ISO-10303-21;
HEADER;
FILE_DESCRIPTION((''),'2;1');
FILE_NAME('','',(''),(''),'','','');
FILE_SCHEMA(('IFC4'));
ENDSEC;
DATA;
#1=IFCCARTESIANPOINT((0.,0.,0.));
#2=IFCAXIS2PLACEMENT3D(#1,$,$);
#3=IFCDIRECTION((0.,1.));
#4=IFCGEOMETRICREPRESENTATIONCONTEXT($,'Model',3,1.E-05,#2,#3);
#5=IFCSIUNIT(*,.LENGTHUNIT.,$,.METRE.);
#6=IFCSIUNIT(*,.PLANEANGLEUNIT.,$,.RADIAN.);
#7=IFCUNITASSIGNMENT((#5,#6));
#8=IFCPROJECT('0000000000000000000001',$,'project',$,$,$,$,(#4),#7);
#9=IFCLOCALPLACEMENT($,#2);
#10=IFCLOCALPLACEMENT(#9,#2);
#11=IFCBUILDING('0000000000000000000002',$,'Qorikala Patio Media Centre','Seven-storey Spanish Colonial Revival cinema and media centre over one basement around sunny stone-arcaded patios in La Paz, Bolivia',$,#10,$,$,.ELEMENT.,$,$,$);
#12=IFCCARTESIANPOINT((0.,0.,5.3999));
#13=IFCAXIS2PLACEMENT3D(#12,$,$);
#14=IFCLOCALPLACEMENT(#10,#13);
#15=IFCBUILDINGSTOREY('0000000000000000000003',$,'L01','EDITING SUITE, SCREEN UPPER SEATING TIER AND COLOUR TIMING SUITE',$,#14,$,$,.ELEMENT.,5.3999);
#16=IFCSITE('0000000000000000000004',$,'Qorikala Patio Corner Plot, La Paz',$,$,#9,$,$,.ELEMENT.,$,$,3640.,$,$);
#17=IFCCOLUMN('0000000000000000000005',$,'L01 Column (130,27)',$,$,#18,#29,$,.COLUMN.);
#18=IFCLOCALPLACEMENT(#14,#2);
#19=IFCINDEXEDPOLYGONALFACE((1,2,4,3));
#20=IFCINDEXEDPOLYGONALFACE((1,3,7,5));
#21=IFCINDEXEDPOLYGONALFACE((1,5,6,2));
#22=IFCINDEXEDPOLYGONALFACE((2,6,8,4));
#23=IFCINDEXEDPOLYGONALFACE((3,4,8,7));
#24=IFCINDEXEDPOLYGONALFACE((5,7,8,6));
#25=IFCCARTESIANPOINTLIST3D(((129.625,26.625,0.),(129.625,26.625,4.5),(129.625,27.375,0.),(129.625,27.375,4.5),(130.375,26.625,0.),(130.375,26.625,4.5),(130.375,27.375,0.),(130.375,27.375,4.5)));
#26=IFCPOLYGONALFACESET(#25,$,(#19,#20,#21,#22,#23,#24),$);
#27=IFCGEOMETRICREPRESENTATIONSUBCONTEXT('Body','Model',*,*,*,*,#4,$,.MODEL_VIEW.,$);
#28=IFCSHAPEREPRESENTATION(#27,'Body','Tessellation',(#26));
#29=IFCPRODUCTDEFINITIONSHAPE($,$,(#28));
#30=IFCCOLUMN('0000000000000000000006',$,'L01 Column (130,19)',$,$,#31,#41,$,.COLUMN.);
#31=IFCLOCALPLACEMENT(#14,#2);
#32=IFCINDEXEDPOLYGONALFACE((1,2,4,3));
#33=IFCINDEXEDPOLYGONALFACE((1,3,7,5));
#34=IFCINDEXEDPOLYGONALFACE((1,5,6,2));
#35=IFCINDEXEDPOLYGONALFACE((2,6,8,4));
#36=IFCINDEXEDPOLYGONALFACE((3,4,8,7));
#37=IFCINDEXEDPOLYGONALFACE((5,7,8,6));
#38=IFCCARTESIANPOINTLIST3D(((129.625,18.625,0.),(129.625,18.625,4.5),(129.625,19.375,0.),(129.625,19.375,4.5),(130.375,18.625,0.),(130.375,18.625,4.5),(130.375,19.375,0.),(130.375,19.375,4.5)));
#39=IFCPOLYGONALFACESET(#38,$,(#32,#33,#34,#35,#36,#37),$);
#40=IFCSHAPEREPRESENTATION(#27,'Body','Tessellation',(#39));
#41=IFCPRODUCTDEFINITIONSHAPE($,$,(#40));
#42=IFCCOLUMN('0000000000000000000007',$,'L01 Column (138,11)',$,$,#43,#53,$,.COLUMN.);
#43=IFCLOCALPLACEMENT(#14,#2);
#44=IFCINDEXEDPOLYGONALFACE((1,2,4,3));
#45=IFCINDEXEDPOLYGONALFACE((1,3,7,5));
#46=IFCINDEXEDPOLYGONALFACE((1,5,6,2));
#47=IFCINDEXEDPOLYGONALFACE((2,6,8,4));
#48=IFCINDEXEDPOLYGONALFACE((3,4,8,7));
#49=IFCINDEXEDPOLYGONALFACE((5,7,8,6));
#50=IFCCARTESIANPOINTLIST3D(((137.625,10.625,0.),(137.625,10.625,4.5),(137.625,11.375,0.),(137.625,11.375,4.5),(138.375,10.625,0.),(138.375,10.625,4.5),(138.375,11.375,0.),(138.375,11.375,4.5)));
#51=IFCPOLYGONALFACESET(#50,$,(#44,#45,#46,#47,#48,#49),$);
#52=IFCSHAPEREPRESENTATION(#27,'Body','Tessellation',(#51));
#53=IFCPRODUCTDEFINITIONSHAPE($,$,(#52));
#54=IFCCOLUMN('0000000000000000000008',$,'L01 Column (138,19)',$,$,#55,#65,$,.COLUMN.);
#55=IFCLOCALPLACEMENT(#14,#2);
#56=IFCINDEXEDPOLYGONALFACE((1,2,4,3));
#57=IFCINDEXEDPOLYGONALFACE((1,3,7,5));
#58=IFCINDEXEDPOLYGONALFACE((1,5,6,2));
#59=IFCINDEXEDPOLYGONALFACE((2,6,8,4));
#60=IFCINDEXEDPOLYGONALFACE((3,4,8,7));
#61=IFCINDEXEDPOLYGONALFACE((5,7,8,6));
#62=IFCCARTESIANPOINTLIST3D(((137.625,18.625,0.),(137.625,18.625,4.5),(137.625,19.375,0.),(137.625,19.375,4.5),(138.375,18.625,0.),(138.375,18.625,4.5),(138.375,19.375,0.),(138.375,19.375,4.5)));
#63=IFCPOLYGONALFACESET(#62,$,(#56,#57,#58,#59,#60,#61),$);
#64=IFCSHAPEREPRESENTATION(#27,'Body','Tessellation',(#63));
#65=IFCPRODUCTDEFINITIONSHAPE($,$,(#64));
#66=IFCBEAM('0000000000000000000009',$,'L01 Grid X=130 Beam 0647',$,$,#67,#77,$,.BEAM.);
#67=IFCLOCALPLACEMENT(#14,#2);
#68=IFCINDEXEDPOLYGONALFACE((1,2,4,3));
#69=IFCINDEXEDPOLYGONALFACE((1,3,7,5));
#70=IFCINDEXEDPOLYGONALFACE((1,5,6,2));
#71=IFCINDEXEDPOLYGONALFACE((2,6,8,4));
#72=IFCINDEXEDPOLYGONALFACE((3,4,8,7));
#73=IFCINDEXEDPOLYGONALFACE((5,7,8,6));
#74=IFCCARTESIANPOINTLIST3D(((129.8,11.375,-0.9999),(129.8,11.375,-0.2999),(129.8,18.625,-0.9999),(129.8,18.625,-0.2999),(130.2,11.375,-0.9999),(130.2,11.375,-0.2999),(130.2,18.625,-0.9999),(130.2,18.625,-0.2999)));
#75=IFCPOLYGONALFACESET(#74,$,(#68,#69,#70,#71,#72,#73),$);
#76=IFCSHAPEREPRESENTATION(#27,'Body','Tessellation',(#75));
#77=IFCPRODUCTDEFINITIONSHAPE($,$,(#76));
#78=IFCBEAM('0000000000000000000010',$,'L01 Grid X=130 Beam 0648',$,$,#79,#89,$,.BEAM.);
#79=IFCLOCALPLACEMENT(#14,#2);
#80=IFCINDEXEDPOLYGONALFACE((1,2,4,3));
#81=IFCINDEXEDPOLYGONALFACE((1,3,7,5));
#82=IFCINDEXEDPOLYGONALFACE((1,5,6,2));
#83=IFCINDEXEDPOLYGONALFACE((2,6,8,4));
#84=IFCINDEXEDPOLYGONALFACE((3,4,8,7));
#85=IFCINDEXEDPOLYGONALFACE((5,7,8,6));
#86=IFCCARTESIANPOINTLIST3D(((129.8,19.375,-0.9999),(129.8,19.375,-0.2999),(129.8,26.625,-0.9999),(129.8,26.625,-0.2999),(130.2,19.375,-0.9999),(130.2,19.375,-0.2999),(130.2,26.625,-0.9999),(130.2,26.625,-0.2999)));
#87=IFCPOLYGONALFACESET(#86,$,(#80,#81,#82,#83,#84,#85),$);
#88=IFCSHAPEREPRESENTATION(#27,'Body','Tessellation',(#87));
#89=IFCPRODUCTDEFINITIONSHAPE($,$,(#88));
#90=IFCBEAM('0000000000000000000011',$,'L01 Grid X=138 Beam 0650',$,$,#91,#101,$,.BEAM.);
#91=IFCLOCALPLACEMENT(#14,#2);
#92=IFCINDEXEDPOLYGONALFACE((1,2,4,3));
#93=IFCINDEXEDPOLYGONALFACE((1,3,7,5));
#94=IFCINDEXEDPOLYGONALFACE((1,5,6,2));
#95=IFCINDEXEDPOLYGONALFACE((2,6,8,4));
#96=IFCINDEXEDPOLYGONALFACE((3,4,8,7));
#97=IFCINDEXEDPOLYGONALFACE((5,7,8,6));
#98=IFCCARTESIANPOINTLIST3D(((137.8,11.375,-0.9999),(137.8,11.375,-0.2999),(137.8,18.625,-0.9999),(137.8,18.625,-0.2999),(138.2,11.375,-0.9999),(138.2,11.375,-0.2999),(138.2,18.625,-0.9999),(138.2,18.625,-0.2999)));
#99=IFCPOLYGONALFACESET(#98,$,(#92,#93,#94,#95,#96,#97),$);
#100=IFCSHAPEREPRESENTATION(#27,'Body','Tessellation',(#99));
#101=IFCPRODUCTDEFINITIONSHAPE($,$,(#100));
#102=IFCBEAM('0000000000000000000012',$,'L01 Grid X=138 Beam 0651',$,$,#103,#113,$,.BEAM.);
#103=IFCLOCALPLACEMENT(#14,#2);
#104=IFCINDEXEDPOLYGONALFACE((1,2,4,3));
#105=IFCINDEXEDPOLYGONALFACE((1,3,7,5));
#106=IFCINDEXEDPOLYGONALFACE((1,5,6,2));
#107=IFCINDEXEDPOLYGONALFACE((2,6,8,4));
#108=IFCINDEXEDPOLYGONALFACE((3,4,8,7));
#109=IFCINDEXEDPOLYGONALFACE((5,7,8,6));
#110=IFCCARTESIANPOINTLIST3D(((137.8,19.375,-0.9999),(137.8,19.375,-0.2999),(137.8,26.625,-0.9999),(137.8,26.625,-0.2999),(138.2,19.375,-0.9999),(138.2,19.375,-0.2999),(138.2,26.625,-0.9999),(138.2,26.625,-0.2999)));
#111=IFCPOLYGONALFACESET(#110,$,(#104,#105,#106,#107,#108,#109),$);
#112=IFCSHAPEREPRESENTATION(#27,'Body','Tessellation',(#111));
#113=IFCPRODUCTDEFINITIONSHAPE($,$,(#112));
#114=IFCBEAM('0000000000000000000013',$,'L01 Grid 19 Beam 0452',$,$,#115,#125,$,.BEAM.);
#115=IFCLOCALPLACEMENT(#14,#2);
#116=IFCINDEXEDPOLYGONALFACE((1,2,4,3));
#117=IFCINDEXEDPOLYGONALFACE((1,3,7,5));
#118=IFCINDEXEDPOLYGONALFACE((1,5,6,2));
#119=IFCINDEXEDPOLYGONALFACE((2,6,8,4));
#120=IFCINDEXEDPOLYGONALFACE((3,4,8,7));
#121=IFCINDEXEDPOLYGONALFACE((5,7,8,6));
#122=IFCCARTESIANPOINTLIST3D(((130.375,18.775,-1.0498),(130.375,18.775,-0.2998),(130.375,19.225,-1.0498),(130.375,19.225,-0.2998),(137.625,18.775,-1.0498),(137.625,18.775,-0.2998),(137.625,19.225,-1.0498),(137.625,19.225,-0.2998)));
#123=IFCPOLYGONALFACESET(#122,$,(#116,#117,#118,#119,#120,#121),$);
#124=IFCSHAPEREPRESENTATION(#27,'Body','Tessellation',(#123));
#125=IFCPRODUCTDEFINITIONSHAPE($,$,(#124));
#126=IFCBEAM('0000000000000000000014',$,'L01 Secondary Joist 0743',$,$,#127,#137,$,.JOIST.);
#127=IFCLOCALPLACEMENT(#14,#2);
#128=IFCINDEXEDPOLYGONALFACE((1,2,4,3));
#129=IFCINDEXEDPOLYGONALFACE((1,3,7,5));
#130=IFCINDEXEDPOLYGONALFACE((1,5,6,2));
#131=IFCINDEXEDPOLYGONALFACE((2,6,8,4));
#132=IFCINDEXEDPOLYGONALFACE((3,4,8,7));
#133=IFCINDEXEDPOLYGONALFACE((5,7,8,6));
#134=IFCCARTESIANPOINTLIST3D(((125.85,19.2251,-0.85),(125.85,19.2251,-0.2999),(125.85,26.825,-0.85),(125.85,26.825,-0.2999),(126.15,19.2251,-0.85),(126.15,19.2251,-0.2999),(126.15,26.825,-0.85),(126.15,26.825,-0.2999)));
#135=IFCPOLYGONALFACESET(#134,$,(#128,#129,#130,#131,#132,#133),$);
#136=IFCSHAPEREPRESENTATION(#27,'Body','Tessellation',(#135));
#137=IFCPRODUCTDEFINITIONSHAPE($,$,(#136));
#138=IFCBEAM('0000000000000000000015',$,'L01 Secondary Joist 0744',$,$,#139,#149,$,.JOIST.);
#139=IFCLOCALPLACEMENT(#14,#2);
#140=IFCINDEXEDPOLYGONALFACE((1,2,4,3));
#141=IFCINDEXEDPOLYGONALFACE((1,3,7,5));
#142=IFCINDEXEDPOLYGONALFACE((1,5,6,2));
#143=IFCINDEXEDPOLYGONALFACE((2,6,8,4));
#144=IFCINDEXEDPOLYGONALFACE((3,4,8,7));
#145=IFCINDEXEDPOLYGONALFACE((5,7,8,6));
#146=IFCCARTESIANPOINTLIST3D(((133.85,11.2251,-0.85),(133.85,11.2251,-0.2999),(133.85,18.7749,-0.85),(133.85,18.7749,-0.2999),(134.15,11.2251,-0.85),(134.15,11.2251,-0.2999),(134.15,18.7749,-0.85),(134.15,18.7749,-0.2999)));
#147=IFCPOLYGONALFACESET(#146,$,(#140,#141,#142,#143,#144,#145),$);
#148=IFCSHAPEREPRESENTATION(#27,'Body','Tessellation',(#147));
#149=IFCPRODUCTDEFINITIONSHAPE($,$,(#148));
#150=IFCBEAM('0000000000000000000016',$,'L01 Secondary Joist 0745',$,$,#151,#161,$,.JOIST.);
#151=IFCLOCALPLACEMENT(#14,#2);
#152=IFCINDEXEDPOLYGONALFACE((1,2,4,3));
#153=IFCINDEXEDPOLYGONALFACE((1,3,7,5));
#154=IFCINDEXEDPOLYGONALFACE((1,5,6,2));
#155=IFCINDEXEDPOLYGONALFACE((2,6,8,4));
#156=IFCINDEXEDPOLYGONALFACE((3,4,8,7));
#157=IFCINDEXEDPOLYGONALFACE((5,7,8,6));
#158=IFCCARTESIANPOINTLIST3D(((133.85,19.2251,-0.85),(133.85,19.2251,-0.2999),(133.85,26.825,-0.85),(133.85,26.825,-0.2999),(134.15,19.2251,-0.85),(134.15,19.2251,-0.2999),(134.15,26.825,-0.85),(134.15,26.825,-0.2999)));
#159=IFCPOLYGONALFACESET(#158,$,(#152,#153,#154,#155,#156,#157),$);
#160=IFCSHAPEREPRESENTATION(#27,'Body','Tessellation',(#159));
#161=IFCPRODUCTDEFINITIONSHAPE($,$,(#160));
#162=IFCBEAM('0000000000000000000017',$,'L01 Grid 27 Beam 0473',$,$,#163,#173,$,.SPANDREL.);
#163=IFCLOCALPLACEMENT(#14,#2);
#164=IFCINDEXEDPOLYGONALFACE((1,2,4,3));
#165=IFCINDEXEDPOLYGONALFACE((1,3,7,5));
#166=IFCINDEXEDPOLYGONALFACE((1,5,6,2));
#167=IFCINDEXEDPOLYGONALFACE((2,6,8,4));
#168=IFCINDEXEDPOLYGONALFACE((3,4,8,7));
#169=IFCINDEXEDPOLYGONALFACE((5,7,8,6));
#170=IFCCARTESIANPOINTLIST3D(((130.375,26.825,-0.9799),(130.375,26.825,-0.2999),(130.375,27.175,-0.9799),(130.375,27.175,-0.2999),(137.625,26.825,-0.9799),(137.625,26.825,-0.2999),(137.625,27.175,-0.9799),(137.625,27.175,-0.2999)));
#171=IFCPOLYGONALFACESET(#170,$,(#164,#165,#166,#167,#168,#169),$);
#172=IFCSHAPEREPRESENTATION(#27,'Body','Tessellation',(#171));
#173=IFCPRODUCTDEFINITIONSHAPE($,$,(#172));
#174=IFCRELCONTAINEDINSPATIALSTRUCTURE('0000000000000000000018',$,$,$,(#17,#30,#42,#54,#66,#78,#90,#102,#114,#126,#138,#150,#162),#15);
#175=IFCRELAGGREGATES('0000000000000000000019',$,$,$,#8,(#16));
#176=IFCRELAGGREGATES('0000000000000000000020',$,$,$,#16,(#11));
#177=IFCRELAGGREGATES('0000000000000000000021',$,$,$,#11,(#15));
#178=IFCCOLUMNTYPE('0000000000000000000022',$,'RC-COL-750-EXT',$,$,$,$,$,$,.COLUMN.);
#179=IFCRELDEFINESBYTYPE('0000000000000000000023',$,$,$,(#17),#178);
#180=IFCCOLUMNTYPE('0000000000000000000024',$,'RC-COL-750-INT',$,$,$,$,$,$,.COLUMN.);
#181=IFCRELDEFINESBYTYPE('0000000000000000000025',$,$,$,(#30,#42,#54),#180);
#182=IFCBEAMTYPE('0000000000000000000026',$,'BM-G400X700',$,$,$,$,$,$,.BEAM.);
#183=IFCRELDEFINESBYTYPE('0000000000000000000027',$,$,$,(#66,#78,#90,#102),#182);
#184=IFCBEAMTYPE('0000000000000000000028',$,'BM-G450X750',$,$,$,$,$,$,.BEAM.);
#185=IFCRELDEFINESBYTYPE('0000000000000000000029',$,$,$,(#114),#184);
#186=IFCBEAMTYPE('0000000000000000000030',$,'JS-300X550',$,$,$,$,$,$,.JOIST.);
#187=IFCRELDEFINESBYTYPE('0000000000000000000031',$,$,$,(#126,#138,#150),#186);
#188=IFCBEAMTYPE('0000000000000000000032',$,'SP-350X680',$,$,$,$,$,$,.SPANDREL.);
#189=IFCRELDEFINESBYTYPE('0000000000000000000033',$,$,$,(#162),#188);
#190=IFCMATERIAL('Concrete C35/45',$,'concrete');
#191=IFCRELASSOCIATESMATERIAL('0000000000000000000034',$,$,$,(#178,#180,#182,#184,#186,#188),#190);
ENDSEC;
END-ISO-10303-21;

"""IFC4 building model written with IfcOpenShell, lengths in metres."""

from ifc_helpers import new_model, si_unit, direction, frame, origin, origin_2d, place, context, subcontext, project, spatial, rectangle, extrude, material, material_profile, profile_set, type_object, element, save


model = new_model("IFC4")

# Units and contexts
model_context = context("Model", 3, precision=1e-05, world=origin(), true_north=direction((0.0, 1.0)))
body_context = subcontext(model_context, "Body", "Model", "MODEL_VIEW")
ifc_project = project(units=[si_unit("LENGTHUNIT", "METRE"), si_unit("PLANEANGLEUNIT", "RADIAN")], contexts=[model_context])

# Site, building, storey
site_placement = place(None, origin())
site = spatial("IfcSite", under=ifc_project, at=site_placement, Name="Qorikala Patio Corner Plot, La Paz", CompositionType="ELEMENT", RefElevation=3640.0)
building_placement = place(site_placement, origin())
building = spatial("IfcBuilding", under=site, at=building_placement, Name="Qorikala Patio Media Centre", Description="Seven-storey Spanish Colonial Revival cinema and media centre over one basement around sunny stone-arcaded patios in La Paz, Bolivia", CompositionType="ELEMENT")
storey_placement = place(building_placement, frame((0.0, 0.0, 5.3999)))
storey = spatial("IfcBuildingStorey", under=building, at=storey_placement, Name="L01", Description="EDITING SUITE, SCREEN UPPER SEATING TIER AND COLOUR TIMING SUITE", CompositionType="ELEMENT", Elevation=5.3999)

# Columns
ifc_material_1 = material(Name="Concrete C35/45", Category="concrete")
ifc_material_profile_1 = material_profile(ifc_material_1, rectangle(XDim=0.75, YDim=0.75, at=origin_2d()), Name="RC 750x750")
ifc_profile_set_1 = profile_set([ifc_material_profile_1], Name="Concrete C35/45")
column_type_1 = type_object("IfcColumnType", Name="RC-COL-750-EXT", PredefinedType="COLUMN", material=ifc_profile_set_1)
column_placement = place(storey_placement, frame((130.0, 27.0, 0.0), z_axis=(0.0, 0.0, 1.0), x_axis=(1.0, 0.0, 0.0)))
element("IfcColumn", 1, at=column_placement, inside=storey, type_object=column_type_1, Name="L01 Column (130,27)", PredefinedType="COLUMN", context=body_context, shape_type="SweptSolid", body=[
    extrude(rectangle(XDim=0.75, YDim=0.75, at=origin_2d()), origin(), (0.0, 0.0, 1.0), 4.5),
])
ifc_material_profile_2 = material_profile(ifc_material_1, rectangle(XDim=0.75, YDim=0.75, at=origin_2d()), Name="RC 750x750")
ifc_profile_set_2 = profile_set([ifc_material_profile_2], Name="Concrete C35/45")
column_type_2 = type_object("IfcColumnType", Name="RC-COL-750-INT", PredefinedType="COLUMN", material=ifc_profile_set_2)
for number, where, z_axis, x_axis, name in (
    (2, (130.0, 19.0, 0.0), (0.0, 0.0, 1.0), (1.0, 0.0, 0.0), "L01 Column (130,19)"),
    (3, (138.0, 11.0, 0.0), (0.0, 0.0, 1.0), (1.0, 0.0, 0.0), "L01 Column (138,11)"),
    (4, (138.0, 19.0, 0.0), (0.0, 0.0, 1.0), (1.0, 0.0, 0.0), "L01 Column (138,19)"),
):
    element("IfcColumn", number, at=place(storey_placement, frame(where, z_axis=z_axis, x_axis=x_axis)), inside=storey, type_object=column_type_2, Name=name, PredefinedType="COLUMN", context=body_context, shape_type="SweptSolid", body=[
        extrude(rectangle(XDim=0.75, YDim=0.75, at=origin_2d()), origin(), (0.0, 0.0, 1.0), 4.5),
    ])

# Beams
ifc_material_profile_3 = material_profile(ifc_material_1, rectangle(XDim=0.3999, YDim=0.7, at=origin_2d()), Name="RC 400x700")
ifc_profile_set_3 = profile_set([ifc_material_profile_3], Name="Concrete C35/45")
beam_type_1 = type_object("IfcBeamType", Name="BM-G400X700", PredefinedType="BEAM", material=ifc_profile_set_3)
for number, where, z_axis, x_axis, name in (
    (5, (130.0, 11.375, -0.6499), (0.0, 1.0, 0.0), (-1.0, 0.0, 0.0), "L01 Grid X=130 Beam 0647"),
    (6, (130.0, 19.375, -0.6499), (0.0, 1.0, 0.0), (-1.0, 0.0, 0.0), "L01 Grid X=130 Beam 0648"),
    (7, (138.0, 11.375, -0.6499), (0.0, 1.0, 0.0), (-1.0, 0.0, 0.0), "L01 Grid X=138 Beam 0650"),
    (8, (138.0, 19.375, -0.6499), (0.0, 1.0, 0.0), (-1.0, 0.0, 0.0), "L01 Grid X=138 Beam 0651"),
):
    element("IfcBeam", number, at=place(storey_placement, frame(where, z_axis=z_axis, x_axis=x_axis)), inside=storey, type_object=beam_type_1, Name=name, PredefinedType="BEAM", context=body_context, shape_type="SweptSolid", body=[
        extrude(rectangle(XDim=0.3999, YDim=0.7, at=origin_2d()), origin(), (0.0, 0.0, 1.0), 7.25),
    ])
ifc_material_profile_4 = material_profile(ifc_material_1, rectangle(XDim=0.45, YDim=0.75, at=origin_2d()), Name="RC 450x750")
ifc_profile_set_4 = profile_set([ifc_material_profile_4], Name="Concrete C35/45")
beam_type_2 = type_object("IfcBeamType", Name="BM-G450X750", PredefinedType="BEAM", material=ifc_profile_set_4)
beam_1_placement = place(storey_placement, frame((130.375, 19.0, -0.6748), z_axis=(1.0, 0.0, 0.0), x_axis=(0.0, 1.0, 0.0)))
element("IfcBeam", 9, at=beam_1_placement, inside=storey, type_object=beam_type_2, Name="L01 Grid 19 Beam 0452", PredefinedType="BEAM", context=body_context, shape_type="SweptSolid", body=[
    extrude(rectangle(XDim=0.45, YDim=0.75, at=origin_2d()), origin(), (0.0, 0.0, 1.0), 7.25),
])
ifc_material_profile_5 = material_profile(ifc_material_1, rectangle(XDim=0.3, YDim=0.55, at=origin_2d()), Name="RC 300x550")
ifc_profile_set_5 = profile_set([ifc_material_profile_5], Name="Concrete C35/45")
beam_type_3 = type_object("IfcBeamType", Name="JS-300X550", PredefinedType="JOIST", material=ifc_profile_set_5)
beam_2_placement = place(storey_placement, frame((126.0, 19.2251, -0.575), z_axis=(0.0, 1.0, 0.0), x_axis=(-1.0, 0.0, 0.0)))
element("IfcBeam", 10, at=beam_2_placement, inside=storey, type_object=beam_type_3, Name="L01 Secondary Joist 0743", PredefinedType="JOIST", context=body_context, shape_type="SweptSolid", body=[
    extrude(rectangle(XDim=0.3, YDim=0.55, at=origin_2d()), origin(), (0.0, 0.0, 1.0), 7.5999),
])
beam_3_placement = place(storey_placement, frame((134.0, 11.2251, -0.575), z_axis=(0.0, 1.0, 0.0), x_axis=(-1.0, 0.0, 0.0)))
element("IfcBeam", 11, at=beam_3_placement, inside=storey, type_object=beam_type_3, Name="L01 Secondary Joist 0744", PredefinedType="JOIST", context=body_context, shape_type="SweptSolid", body=[
    extrude(rectangle(XDim=0.3, YDim=0.55, at=origin_2d()), origin(), (0.0, 0.0, 1.0), 7.5498),
])
beam_4_placement = place(storey_placement, frame((134.0, 19.2251, -0.575), z_axis=(0.0, 1.0, 0.0), x_axis=(-1.0, 0.0, 0.0)))
element("IfcBeam", 12, at=beam_4_placement, inside=storey, type_object=beam_type_3, Name="L01 Secondary Joist 0745", PredefinedType="JOIST", context=body_context, shape_type="SweptSolid", body=[
    extrude(rectangle(XDim=0.3, YDim=0.55, at=origin_2d()), origin(), (0.0, 0.0, 1.0), 7.5999),
])
ifc_material_profile_6 = material_profile(ifc_material_1, rectangle(XDim=0.3501, YDim=0.6799, at=origin_2d()), Name="RC 350x680")
ifc_profile_set_6 = profile_set([ifc_material_profile_6], Name="Concrete C35/45")
beam_type_4 = type_object("IfcBeamType", Name="SP-350X680", PredefinedType="SPANDREL", material=ifc_profile_set_6)
beam_5_placement = place(storey_placement, frame((130.375, 27.0, -0.6399), z_axis=(1.0, 0.0, 0.0), x_axis=(0.0, 1.0, 0.0)))
element("IfcBeam", 13, at=beam_5_placement, inside=storey, type_object=beam_type_4, Name="L01 Grid 27 Beam 0473", PredefinedType="SPANDREL", context=body_context, shape_type="SweptSolid", body=[
    extrude(rectangle(XDim=0.3501, YDim=0.6799, at=origin_2d()), origin(), (0.0, 0.0, 1.0), 7.25),
])

save(model, "model.ifc")
